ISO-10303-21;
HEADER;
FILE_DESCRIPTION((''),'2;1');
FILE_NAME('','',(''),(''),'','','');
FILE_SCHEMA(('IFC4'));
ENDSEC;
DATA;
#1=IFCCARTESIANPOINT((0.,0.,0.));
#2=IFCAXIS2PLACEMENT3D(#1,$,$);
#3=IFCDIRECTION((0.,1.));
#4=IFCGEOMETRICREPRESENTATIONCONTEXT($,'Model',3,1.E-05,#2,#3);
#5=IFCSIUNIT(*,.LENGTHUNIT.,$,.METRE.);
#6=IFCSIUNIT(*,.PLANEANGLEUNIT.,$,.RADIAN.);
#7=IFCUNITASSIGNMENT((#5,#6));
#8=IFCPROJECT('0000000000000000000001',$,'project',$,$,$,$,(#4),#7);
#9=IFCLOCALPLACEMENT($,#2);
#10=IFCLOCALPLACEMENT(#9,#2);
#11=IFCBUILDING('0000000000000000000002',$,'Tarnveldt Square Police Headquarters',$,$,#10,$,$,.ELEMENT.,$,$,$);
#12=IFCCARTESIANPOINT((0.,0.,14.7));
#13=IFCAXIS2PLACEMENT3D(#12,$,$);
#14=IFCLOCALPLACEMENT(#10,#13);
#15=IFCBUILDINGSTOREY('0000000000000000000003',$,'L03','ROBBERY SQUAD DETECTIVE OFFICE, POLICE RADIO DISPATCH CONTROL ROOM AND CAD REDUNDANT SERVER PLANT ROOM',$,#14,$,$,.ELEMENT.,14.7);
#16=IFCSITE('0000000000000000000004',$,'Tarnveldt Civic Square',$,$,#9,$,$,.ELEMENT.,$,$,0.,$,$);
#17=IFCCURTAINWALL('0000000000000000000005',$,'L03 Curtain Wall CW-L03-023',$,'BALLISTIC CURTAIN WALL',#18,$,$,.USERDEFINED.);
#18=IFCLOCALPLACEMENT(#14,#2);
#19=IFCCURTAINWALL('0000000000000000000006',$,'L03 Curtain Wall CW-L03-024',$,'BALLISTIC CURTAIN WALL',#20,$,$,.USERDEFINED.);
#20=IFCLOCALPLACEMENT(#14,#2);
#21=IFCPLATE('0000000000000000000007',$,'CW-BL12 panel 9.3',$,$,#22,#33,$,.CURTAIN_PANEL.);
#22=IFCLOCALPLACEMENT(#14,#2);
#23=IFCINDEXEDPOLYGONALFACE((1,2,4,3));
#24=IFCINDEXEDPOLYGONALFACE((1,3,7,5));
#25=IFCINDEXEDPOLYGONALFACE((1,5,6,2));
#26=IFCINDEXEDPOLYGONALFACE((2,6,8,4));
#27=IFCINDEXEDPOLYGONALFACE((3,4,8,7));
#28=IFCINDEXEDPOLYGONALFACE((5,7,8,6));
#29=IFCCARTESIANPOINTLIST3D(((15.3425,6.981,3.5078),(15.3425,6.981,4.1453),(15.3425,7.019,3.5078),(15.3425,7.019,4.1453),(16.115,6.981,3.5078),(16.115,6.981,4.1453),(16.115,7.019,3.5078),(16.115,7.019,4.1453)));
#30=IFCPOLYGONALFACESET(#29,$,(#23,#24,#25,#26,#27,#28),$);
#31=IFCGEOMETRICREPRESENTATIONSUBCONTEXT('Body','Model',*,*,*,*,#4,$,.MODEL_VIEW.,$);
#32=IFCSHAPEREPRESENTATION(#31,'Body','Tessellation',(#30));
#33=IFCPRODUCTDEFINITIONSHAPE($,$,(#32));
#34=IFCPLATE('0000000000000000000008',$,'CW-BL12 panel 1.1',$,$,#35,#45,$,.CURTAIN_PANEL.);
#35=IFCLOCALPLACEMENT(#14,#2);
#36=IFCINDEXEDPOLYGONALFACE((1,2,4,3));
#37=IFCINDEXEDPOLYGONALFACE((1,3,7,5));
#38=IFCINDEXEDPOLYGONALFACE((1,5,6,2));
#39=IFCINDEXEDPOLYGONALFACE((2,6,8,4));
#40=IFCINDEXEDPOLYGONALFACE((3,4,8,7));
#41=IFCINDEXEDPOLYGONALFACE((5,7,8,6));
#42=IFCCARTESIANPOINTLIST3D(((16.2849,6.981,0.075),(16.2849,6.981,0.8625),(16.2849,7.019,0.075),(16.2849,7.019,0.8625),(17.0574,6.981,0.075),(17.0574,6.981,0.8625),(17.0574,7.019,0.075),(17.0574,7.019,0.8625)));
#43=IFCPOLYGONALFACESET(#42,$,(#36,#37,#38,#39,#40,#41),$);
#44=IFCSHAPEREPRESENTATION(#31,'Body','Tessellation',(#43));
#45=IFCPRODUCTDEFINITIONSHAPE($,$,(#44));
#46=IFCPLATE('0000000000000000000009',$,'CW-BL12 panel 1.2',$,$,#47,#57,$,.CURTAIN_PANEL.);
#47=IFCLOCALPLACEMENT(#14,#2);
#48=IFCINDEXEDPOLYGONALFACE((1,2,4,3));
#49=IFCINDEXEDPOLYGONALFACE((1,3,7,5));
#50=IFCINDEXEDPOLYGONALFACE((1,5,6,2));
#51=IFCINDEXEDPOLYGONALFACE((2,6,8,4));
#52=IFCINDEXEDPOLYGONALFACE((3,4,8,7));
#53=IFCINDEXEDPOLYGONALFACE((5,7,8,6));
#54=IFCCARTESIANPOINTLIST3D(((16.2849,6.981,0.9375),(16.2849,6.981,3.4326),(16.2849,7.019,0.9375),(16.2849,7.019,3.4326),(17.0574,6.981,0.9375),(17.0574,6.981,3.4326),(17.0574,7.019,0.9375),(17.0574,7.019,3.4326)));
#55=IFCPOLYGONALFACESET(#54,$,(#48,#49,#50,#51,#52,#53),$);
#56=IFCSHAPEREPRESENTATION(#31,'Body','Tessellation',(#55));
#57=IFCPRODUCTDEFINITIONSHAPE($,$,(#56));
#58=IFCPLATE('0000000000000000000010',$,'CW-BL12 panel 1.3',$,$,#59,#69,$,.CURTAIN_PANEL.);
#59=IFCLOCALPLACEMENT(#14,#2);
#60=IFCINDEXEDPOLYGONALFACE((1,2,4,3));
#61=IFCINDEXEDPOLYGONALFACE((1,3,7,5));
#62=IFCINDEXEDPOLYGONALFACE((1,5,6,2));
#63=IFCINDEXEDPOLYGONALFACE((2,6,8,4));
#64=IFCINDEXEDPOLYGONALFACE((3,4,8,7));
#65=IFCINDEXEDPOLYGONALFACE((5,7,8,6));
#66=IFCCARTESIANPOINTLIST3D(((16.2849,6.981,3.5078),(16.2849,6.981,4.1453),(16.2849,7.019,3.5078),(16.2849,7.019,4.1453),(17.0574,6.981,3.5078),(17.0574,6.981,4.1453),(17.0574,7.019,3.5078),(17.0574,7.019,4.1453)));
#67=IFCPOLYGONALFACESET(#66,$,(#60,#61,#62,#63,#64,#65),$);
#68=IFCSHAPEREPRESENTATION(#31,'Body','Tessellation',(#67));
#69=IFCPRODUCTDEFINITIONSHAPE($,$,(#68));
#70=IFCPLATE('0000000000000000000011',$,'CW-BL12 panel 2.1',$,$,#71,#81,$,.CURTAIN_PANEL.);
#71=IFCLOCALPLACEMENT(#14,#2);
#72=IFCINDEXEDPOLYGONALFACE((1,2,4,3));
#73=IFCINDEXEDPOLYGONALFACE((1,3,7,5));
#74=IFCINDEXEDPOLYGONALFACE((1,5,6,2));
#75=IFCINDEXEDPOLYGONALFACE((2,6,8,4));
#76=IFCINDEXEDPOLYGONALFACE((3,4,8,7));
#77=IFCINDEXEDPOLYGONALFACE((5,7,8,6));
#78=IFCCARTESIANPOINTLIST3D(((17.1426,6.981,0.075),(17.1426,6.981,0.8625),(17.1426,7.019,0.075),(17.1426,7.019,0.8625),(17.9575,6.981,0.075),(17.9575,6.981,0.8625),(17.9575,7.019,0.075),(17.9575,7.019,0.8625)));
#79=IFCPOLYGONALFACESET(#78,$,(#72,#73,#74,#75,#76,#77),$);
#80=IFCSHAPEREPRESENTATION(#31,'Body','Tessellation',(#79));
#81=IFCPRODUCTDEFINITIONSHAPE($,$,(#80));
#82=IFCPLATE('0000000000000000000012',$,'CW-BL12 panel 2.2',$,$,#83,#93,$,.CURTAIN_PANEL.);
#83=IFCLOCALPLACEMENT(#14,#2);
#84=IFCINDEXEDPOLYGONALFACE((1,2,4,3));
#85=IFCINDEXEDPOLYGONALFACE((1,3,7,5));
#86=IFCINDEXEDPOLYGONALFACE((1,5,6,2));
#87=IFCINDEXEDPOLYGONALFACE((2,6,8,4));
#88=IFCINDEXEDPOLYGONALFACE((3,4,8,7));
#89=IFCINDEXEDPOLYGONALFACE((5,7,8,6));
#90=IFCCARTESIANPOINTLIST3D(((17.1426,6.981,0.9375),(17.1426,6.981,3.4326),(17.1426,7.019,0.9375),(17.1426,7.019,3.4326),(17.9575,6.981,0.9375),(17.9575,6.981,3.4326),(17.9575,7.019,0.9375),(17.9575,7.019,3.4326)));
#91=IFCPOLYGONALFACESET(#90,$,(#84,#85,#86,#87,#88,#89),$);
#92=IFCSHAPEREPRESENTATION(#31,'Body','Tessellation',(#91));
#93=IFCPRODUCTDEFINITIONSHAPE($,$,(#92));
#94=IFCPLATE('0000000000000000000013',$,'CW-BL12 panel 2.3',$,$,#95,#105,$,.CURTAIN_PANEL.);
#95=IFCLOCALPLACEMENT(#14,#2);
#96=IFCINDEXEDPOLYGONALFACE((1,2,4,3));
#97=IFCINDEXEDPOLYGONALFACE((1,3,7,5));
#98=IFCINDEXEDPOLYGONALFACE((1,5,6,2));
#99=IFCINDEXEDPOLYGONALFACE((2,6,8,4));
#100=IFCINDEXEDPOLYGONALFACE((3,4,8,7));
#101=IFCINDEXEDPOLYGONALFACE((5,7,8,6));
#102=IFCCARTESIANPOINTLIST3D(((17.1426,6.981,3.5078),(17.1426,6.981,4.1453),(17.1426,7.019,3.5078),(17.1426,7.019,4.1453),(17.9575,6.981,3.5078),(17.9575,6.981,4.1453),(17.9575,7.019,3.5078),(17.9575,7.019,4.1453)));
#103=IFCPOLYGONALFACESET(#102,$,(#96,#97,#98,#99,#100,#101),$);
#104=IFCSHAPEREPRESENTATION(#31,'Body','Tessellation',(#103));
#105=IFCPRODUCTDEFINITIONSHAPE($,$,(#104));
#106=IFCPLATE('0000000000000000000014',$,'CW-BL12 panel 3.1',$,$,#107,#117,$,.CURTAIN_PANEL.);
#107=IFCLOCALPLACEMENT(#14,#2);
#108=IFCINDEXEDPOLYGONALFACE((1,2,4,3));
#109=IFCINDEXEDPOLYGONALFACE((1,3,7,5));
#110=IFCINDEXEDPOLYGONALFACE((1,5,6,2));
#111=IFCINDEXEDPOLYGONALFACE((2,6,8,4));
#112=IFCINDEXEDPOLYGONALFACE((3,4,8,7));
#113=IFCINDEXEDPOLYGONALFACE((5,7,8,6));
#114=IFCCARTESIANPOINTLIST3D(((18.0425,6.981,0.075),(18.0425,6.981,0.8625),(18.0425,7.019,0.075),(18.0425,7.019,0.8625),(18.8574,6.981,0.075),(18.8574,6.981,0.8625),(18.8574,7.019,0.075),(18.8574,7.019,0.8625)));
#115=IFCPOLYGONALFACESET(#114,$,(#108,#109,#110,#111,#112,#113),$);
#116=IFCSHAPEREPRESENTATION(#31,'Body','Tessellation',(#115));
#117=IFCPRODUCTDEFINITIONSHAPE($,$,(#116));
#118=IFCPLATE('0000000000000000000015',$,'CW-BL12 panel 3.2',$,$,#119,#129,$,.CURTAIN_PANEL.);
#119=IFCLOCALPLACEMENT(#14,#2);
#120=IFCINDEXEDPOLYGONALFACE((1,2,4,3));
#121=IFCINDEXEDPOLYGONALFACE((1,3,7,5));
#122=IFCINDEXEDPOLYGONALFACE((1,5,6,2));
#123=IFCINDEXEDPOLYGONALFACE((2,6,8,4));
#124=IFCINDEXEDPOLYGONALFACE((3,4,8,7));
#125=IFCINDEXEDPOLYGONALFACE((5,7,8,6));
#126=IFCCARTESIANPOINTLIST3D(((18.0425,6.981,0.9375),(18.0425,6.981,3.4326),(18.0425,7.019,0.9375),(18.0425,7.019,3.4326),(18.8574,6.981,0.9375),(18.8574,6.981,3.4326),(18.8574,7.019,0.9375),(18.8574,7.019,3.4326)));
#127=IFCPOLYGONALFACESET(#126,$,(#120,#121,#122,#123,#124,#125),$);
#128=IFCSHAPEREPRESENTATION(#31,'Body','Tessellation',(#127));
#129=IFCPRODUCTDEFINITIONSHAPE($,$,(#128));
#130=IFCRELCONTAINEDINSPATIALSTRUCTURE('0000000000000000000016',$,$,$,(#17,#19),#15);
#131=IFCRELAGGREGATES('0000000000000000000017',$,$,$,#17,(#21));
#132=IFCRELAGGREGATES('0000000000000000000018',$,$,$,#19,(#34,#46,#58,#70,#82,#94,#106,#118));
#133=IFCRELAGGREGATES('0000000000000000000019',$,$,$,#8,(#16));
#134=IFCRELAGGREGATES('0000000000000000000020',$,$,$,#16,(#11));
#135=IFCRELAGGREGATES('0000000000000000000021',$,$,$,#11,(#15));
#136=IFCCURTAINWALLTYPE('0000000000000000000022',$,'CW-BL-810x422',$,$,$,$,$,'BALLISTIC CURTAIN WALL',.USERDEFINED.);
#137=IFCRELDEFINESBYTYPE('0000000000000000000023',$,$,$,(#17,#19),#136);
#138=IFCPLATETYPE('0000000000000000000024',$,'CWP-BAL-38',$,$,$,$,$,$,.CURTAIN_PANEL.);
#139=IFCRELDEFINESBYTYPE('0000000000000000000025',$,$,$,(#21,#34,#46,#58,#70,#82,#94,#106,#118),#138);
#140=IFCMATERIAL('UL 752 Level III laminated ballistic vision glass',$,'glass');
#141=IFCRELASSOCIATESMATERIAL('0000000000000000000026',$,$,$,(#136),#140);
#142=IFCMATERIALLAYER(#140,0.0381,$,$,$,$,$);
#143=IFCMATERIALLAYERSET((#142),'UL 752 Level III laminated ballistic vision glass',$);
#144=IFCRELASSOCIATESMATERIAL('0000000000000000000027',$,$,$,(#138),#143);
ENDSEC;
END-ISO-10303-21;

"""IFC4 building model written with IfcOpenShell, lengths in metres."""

from ifc_helpers import new_model, si_unit, direction, frame, origin, origin_2d, place, context, subcontext, project, spatial, rectangle, extrude, material, layer, layer_set, type_object, element, aggregate, save


model = new_model("IFC4")

# Units and contexts
model_context = context("Model", 3, precision=1e-05, world=origin(), true_north=direction((0.0, 1.0)))
body_context = subcontext(model_context, "Body", "Model", "MODEL_VIEW")
ifc_project = project(units=[si_unit("LENGTHUNIT", "METRE"), si_unit("PLANEANGLEUNIT", "RADIAN")], contexts=[model_context])

# Site, building, storey
site_placement = place(None, origin())
site = spatial("IfcSite", under=ifc_project, at=site_placement, Name="Tarnveldt Civic Square", CompositionType="ELEMENT", RefElevation=0.0)
building_placement = place(site_placement, origin())
building = spatial("IfcBuilding", under=site, at=building_placement, Name="Tarnveldt Square Police Headquarters", CompositionType="ELEMENT")
storey_placement = place(building_placement, frame((0.0, 0.0, 14.7)))
storey = spatial("IfcBuildingStorey", under=building, at=storey_placement, Name="L03", Description="ROBBERY SQUAD DETECTIVE OFFICE, POLICE RADIO DISPATCH CONTROL ROOM AND CAD REDUNDANT SERVER PLANT ROOM", CompositionType="ELEMENT", Elevation=14.7)

# Curtain wall
ifc_material_1 = material(Name="UL 752 Level III laminated ballistic vision glass", Category="glass")
curtain_wall_type = type_object("IfcCurtainWallType", Name="CW-BL-810x422", ElementType="BALLISTIC CURTAIN WALL", PredefinedType="USERDEFINED", material=ifc_material_1)
curtain_wall_1_placement = place(storey_placement, origin())
curtain_wall_1 = element("IfcCurtainWall", 1, at=curtain_wall_1_placement, inside=storey, type_object=curtain_wall_type, Name="L03 Curtain Wall CW-L03-023", ObjectType="BALLISTIC CURTAIN WALL", PredefinedType="USERDEFINED")

# Curtain wall
curtain_wall_2_placement = place(storey_placement, origin())
curtain_wall_2 = element("IfcCurtainWall", 2, at=curtain_wall_2_placement, inside=storey, type_object=curtain_wall_type, Name="L03 Curtain Wall CW-L03-024", ObjectType="BALLISTIC CURTAIN WALL", PredefinedType="USERDEFINED")

# Plates
ifc_layer = layer(ifc_material_1, 0.0381)
ifc_layer_set = layer_set([ifc_layer], Name="UL 752 Level III laminated ballistic vision glass")
plate_type = type_object("IfcPlateType", Name="CWP-BAL-38", PredefinedType="CURTAIN_PANEL", material=ifc_layer_set)
plate_1_placement = place(storey_placement, frame((15.7288, 7.0, 3.5078), z_axis=(0.0, 0.0, 1.0), x_axis=(1.0, 0.0, 0.0)))
plate_1 = element("IfcPlate", 3, at=plate_1_placement, type_object=plate_type, Name="CW-BL12 panel 9.3", PredefinedType="CURTAIN_PANEL", context=body_context, shape_type="SweptSolid", body=[
    extrude(rectangle(XDim=0.7725, YDim=0.0381, at=origin_2d()), origin(), (0.0, 0.0, 1.0), 0.6375),
])
aggregate(curtain_wall_1, [plate_1])
plate_2_placement = place(storey_placement, frame((16.6711, 7.0, 0.075), z_axis=(0.0, 0.0, 1.0), x_axis=(1.0, 0.0, 0.0)))
plate_2 = element("IfcPlate", 4, at=plate_2_placement, type_object=plate_type, Name="CW-BL12 panel 1.1", PredefinedType="CURTAIN_PANEL", context=body_context, shape_type="SweptSolid", body=[
    extrude(rectangle(XDim=0.7725, YDim=0.0381, at=origin_2d()), origin(), (0.0, 0.0, 1.0), 0.7876),
])
plate_3_placement = place(storey_placement, frame((16.6711, 7.0, 0.9375), z_axis=(0.0, 0.0, 1.0), x_axis=(1.0, 0.0, 0.0)))
plate_3 = element("IfcPlate", 5, at=plate_3_placement, type_object=plate_type, Name="CW-BL12 panel 1.2", PredefinedType="CURTAIN_PANEL", context=body_context, shape_type="SweptSolid", body=[
    extrude(rectangle(XDim=0.7725, YDim=0.0381, at=origin_2d()), origin(), (0.0, 0.0, 1.0), 2.4951),
])
plate_4_placement = place(storey_placement, frame((16.6711, 7.0, 3.5078), z_axis=(0.0, 0.0, 1.0), x_axis=(1.0, 0.0, 0.0)))
plate_4 = element("IfcPlate", 6, at=plate_4_placement, type_object=plate_type, Name="CW-BL12 panel 1.3", PredefinedType="CURTAIN_PANEL", context=body_context, shape_type="SweptSolid", body=[
    extrude(rectangle(XDim=0.7725, YDim=0.0381, at=origin_2d()), origin(), (0.0, 0.0, 1.0), 0.6375),
])
plate_5_placement = place(storey_placement, frame((17.55, 7.0, 0.075), z_axis=(0.0, 0.0, 1.0), x_axis=(1.0, 0.0, 0.0)))
plate_5 = element("IfcPlate", 7, at=plate_5_placement, type_object=plate_type, Name="CW-BL12 panel 2.1", PredefinedType="CURTAIN_PANEL", context=body_context, shape_type="SweptSolid", body=[
    extrude(rectangle(XDim=0.8149, YDim=0.0381, at=origin_2d()), origin(), (0.0, 0.0, 1.0), 0.7876),
])
plate_6_placement = place(storey_placement, frame((17.55, 7.0, 0.9375), z_axis=(0.0, 0.0, 1.0), x_axis=(1.0, 0.0, 0.0)))
plate_6 = element("IfcPlate", 8, at=plate_6_placement, type_object=plate_type, Name="CW-BL12 panel 2.2", PredefinedType="CURTAIN_PANEL", context=body_context, shape_type="SweptSolid", body=[
    extrude(rectangle(XDim=0.8149, YDim=0.0381, at=origin_2d()), origin(), (0.0, 0.0, 1.0), 2.4951),
])
plate_7_placement = place(storey_placement, frame((17.55, 7.0, 3.5078), z_axis=(0.0, 0.0, 1.0), x_axis=(1.0, 0.0, 0.0)))
plate_7 = element("IfcPlate", 9, at=plate_7_placement, type_object=plate_type, Name="CW-BL12 panel 2.3", PredefinedType="CURTAIN_PANEL", context=body_context, shape_type="SweptSolid", body=[
    extrude(rectangle(XDim=0.8149, YDim=0.0381, at=origin_2d()), origin(), (0.0, 0.0, 1.0), 0.6375),
])
plate_8_placement = place(storey_placement, frame((18.45, 7.0, 0.075), z_axis=(0.0, 0.0, 1.0), x_axis=(1.0, 0.0, 0.0)))
plate_8 = element("IfcPlate", 10, at=plate_8_placement, type_object=plate_type, Name="CW-BL12 panel 3.1", PredefinedType="CURTAIN_PANEL", context=body_context, shape_type="SweptSolid", body=[
    extrude(rectangle(XDim=0.8149, YDim=0.0381, at=origin_2d()), origin(), (0.0, 0.0, 1.0), 0.7876),
])
plate_9_placement = place(storey_placement, frame((18.45, 7.0, 0.9375), z_axis=(0.0, 0.0, 1.0), x_axis=(1.0, 0.0, 0.0)))
plate_9 = element("IfcPlate", 11, at=plate_9_placement, type_object=plate_type, Name="CW-BL12 panel 3.2", PredefinedType="CURTAIN_PANEL", context=body_context, shape_type="SweptSolid", body=[
    extrude(rectangle(XDim=0.8149, YDim=0.0381, at=origin_2d()), origin(), (0.0, 0.0, 1.0), 2.4951),
])
aggregate(curtain_wall_2, [plate_2, plate_3, plate_4, plate_5, plate_6, plate_7, plate_8, plate_9])

save(model, "model.ifc")
